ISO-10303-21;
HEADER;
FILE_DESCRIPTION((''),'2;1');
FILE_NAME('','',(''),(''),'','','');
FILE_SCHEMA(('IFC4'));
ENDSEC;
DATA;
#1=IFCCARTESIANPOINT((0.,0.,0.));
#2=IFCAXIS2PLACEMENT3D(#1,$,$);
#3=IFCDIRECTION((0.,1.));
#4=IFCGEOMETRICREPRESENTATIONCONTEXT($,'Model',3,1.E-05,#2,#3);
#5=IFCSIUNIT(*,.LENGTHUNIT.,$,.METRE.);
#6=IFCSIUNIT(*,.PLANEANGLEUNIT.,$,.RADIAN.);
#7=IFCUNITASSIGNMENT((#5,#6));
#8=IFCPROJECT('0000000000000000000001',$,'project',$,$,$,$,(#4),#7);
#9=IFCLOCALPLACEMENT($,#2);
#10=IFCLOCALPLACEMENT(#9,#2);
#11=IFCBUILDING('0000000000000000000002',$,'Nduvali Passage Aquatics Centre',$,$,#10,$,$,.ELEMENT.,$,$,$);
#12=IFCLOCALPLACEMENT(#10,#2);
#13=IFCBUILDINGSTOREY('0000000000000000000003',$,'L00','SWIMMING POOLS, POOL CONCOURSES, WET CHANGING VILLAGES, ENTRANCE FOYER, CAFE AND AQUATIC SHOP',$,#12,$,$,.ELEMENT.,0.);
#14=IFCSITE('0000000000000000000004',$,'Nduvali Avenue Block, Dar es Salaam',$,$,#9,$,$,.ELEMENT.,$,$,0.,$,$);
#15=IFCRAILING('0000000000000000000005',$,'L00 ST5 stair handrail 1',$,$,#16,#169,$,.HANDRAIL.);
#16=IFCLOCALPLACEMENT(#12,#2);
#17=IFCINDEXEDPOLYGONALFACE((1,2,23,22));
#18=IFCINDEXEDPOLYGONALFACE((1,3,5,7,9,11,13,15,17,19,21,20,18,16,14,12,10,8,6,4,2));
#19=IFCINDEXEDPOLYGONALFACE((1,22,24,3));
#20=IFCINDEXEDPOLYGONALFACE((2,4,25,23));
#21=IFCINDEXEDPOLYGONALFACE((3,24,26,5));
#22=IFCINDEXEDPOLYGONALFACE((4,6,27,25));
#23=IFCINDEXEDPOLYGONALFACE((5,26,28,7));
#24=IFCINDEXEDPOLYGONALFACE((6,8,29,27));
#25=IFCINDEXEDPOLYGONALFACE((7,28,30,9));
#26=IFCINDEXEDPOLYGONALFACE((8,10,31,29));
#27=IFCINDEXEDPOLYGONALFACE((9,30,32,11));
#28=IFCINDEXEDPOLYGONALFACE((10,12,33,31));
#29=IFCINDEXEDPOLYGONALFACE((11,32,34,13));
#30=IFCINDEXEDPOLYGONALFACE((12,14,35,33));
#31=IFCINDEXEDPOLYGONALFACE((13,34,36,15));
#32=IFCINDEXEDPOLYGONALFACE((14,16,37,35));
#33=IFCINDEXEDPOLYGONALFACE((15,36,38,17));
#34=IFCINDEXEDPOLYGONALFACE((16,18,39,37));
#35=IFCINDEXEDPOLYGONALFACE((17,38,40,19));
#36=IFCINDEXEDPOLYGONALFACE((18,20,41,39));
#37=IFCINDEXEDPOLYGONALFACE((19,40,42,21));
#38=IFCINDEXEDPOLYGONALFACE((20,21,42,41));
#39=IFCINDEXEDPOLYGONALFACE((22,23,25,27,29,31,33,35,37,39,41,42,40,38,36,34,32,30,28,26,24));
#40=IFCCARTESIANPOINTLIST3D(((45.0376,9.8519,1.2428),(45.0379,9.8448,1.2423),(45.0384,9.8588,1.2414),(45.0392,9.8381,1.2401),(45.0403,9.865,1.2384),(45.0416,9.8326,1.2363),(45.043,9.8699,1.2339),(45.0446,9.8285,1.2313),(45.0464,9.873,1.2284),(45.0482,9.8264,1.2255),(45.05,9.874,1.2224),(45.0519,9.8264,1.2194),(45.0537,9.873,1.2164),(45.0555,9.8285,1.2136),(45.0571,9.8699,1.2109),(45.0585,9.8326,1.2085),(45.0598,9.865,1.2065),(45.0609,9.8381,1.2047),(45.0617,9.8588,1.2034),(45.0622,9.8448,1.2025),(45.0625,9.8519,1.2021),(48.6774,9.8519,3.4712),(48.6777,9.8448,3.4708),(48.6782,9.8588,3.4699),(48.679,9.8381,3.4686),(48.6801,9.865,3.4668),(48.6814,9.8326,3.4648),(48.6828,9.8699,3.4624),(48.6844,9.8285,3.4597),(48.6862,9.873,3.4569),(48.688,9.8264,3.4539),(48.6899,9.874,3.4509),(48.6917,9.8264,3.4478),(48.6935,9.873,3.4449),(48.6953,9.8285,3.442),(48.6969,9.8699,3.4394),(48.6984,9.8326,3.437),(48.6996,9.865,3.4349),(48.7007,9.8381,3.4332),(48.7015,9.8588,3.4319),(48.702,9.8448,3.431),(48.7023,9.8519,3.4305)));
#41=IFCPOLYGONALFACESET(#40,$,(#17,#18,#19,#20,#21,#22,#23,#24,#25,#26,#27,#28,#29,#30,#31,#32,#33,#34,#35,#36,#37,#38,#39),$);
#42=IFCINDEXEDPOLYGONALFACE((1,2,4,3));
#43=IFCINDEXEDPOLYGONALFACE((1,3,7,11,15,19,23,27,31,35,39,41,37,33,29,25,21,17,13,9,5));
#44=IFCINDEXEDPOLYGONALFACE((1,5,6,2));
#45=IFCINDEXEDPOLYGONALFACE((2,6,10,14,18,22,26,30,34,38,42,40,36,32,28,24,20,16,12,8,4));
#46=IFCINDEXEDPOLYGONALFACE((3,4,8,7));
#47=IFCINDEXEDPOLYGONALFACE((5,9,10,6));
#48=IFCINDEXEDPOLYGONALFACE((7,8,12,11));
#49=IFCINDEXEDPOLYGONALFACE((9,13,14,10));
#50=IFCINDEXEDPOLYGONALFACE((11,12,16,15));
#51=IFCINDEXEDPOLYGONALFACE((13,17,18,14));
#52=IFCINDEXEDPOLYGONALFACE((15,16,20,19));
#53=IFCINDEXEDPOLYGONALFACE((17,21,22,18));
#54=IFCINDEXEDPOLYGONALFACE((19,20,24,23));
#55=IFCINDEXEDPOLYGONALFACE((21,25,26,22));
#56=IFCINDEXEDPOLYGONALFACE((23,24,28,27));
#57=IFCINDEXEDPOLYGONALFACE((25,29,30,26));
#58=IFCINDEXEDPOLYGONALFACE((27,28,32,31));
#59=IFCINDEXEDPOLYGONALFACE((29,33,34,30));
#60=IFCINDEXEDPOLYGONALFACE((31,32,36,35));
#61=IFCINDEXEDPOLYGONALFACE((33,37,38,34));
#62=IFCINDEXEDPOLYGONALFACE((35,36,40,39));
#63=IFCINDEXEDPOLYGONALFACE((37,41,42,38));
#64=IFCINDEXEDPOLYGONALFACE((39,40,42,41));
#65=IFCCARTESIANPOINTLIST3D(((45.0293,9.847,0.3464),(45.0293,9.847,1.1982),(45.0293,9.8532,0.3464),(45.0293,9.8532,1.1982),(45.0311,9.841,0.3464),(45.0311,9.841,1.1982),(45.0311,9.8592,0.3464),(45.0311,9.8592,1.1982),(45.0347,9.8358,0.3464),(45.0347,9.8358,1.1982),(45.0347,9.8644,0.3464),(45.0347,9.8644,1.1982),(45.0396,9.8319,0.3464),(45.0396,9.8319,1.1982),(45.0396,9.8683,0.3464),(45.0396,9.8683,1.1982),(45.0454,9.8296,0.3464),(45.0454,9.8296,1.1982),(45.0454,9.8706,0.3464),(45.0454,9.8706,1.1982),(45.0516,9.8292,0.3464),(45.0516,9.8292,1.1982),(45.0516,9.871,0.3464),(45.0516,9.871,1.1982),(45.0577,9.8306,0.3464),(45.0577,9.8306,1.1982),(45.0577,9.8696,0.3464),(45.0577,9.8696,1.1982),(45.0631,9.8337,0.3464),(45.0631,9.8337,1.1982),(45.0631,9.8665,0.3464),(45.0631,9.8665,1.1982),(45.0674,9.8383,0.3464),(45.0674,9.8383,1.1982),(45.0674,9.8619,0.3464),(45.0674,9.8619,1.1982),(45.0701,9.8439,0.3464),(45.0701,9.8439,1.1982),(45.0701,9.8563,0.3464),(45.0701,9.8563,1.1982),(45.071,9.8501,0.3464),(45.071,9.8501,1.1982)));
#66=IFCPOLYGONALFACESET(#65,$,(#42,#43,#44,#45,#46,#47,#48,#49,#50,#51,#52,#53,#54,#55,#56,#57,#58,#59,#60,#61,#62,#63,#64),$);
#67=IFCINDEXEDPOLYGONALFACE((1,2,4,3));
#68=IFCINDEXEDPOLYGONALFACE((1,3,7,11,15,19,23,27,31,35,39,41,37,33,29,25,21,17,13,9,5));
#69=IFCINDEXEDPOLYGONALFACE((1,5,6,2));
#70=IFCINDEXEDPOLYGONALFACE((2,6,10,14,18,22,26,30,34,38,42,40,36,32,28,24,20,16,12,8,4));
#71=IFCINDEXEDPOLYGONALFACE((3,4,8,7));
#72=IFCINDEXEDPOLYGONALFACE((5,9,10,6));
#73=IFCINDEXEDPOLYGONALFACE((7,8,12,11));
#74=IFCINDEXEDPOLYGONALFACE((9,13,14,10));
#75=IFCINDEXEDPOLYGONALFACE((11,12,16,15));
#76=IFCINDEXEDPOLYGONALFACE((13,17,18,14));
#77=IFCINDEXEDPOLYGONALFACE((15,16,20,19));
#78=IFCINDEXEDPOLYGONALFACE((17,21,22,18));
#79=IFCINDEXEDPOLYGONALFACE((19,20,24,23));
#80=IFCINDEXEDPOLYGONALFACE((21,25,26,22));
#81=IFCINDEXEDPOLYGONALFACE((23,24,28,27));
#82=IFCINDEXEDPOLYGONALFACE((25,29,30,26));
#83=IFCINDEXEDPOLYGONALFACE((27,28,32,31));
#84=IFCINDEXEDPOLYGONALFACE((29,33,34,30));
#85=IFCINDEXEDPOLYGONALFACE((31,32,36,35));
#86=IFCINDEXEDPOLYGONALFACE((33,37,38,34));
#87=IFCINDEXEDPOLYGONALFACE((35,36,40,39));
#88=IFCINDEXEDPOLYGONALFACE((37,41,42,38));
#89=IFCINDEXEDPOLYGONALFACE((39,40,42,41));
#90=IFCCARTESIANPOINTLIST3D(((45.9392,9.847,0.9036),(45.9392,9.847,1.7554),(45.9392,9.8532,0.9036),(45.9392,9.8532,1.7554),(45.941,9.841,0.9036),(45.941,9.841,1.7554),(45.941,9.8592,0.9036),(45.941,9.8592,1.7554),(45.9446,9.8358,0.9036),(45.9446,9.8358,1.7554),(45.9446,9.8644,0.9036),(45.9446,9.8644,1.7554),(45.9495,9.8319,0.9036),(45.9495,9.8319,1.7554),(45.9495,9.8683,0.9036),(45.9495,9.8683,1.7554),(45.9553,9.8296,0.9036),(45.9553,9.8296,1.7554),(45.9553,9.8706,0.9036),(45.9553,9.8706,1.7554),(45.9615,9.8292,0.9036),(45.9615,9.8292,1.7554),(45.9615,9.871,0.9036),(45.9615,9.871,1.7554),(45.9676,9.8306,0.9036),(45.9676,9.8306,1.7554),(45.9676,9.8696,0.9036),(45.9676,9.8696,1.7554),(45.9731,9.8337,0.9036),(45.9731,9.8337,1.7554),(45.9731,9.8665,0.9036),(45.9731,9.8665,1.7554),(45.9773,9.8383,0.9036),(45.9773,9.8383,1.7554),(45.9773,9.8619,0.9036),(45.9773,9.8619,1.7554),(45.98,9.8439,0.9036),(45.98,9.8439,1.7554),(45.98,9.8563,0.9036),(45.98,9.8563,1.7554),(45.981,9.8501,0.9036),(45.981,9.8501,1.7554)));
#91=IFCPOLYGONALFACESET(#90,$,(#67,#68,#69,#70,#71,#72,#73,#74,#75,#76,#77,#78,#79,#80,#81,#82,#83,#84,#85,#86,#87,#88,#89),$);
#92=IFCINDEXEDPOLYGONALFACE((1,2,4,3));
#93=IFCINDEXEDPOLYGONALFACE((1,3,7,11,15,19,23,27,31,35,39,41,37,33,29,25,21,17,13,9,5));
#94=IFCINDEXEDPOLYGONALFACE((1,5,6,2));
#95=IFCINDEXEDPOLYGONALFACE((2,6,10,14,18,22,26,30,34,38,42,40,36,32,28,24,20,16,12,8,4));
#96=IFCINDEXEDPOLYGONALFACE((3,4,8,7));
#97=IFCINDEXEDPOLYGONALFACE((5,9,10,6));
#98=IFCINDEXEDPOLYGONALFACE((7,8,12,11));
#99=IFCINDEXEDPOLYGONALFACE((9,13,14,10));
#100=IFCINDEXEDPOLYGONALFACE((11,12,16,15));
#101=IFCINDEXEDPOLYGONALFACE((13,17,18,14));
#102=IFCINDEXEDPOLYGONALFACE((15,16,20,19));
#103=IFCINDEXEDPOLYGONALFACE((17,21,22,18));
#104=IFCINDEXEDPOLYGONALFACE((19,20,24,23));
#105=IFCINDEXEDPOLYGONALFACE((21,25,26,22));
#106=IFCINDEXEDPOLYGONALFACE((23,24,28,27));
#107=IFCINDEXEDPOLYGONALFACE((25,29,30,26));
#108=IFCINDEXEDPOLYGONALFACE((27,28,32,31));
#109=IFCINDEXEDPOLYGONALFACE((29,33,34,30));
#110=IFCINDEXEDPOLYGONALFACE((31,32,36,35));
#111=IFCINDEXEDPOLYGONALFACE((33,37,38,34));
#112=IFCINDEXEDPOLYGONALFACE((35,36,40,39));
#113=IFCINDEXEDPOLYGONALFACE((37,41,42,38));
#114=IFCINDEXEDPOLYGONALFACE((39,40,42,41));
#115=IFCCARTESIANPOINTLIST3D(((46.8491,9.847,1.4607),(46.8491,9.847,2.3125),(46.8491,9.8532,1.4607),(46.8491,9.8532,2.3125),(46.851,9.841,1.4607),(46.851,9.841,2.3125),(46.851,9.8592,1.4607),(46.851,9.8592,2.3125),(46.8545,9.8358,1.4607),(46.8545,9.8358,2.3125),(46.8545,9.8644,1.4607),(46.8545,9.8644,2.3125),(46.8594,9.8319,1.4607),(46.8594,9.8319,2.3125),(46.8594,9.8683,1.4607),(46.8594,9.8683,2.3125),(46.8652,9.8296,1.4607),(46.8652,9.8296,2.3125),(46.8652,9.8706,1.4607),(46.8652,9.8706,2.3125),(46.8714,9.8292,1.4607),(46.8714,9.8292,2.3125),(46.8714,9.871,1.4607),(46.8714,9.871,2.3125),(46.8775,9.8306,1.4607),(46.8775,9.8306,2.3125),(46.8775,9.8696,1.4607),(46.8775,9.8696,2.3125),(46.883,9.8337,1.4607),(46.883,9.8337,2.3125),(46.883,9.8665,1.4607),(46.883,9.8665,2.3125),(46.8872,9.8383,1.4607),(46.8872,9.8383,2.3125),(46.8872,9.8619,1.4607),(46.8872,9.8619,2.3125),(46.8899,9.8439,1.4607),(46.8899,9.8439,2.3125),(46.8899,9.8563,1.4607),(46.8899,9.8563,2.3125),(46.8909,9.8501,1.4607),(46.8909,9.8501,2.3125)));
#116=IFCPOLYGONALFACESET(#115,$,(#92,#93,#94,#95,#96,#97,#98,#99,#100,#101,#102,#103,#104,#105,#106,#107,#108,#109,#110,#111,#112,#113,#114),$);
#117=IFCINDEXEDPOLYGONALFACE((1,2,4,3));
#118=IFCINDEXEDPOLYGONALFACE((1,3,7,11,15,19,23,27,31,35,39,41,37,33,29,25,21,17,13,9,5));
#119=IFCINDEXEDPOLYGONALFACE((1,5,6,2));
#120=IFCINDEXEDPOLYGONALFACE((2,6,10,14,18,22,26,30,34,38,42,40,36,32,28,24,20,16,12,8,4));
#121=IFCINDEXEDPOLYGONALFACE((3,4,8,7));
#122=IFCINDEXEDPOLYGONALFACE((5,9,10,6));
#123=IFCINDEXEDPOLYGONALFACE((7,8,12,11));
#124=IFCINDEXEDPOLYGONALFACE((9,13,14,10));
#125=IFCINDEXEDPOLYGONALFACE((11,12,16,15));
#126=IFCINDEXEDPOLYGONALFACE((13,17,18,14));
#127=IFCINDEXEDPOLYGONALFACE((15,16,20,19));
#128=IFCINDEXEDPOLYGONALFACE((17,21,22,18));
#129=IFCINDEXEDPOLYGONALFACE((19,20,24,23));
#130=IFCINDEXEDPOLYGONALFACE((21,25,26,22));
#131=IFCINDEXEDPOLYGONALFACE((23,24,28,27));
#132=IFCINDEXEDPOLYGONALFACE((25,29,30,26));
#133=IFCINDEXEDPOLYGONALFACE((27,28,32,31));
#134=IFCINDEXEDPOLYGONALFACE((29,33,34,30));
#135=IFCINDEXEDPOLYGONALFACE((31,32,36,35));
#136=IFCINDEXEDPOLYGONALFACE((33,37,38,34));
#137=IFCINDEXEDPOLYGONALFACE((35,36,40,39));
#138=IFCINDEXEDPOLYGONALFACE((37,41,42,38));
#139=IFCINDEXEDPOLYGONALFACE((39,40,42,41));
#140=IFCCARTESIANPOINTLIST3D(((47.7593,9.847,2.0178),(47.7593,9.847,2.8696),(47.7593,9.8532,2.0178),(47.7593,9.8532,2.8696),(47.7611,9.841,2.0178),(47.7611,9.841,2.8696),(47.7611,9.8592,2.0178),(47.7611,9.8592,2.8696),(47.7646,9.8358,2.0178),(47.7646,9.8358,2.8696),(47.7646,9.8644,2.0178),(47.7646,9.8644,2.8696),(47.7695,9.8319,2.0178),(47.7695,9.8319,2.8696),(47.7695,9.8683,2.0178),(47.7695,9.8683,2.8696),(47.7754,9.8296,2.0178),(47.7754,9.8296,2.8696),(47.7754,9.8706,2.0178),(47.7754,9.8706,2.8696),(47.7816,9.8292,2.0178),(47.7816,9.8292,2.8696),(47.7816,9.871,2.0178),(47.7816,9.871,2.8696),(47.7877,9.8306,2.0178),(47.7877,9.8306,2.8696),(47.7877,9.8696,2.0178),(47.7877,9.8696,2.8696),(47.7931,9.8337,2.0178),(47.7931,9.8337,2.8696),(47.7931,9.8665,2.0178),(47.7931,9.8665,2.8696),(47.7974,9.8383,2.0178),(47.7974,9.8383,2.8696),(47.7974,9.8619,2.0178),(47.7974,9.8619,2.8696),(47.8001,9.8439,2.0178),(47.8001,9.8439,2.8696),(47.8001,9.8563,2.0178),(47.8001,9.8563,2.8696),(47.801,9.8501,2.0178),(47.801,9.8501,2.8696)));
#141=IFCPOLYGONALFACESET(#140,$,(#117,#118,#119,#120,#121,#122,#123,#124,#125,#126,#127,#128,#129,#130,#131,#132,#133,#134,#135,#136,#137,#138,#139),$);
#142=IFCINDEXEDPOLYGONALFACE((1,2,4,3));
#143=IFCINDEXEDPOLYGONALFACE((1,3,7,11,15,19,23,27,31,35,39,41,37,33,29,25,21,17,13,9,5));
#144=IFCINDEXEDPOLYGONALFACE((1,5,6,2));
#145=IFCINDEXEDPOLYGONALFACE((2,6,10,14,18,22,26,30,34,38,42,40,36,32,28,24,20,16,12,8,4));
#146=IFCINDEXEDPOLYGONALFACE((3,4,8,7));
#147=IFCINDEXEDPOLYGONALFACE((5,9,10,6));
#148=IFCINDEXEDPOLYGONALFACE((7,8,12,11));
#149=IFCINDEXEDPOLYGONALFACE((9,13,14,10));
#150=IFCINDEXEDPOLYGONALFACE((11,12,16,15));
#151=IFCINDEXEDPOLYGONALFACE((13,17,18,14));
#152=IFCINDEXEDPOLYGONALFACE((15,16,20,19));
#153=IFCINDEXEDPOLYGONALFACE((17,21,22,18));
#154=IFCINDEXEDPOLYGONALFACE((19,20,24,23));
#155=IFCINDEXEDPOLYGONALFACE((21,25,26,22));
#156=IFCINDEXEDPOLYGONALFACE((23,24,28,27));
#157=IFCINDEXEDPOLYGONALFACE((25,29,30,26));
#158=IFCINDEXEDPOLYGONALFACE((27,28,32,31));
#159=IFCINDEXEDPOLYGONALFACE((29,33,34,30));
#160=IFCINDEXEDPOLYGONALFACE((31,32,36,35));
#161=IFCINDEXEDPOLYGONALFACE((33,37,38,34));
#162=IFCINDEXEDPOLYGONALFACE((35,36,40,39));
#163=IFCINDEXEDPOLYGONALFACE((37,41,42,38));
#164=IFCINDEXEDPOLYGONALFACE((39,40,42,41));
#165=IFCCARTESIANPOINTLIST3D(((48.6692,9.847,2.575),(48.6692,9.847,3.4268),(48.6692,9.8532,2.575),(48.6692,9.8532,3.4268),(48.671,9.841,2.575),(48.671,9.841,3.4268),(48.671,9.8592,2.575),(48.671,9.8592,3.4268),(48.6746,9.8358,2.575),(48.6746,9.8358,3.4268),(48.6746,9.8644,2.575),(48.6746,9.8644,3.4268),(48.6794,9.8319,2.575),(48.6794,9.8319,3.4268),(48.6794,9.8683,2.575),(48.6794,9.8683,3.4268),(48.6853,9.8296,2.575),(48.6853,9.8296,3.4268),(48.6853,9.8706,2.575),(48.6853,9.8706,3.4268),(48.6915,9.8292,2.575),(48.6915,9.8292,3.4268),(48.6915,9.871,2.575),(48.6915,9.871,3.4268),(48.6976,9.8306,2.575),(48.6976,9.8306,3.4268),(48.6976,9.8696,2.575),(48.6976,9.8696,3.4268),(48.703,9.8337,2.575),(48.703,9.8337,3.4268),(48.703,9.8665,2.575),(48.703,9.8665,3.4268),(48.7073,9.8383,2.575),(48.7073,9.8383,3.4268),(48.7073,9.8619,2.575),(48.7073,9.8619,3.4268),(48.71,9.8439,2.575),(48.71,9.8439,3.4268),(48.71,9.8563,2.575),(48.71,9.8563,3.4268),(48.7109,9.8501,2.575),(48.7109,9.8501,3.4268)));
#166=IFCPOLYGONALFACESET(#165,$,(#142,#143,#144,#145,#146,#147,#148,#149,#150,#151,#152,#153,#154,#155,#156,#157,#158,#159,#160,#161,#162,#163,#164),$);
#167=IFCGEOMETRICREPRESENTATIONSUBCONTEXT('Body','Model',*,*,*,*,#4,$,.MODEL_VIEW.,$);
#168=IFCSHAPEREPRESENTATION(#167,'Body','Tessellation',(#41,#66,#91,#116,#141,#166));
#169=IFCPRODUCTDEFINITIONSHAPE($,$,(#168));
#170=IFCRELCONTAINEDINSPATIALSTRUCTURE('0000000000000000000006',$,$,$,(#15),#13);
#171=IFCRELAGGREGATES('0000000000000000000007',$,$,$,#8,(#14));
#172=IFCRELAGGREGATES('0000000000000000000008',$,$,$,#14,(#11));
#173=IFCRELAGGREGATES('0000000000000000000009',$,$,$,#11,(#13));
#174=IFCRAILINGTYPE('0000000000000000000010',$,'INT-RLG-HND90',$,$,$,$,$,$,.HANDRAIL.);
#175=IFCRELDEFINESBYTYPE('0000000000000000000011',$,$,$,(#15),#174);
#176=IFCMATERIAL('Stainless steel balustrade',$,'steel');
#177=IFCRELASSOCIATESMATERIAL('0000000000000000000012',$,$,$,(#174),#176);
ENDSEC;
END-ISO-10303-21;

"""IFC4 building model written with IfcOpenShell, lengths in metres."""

from ifc_helpers import new_model, si_unit, direction, frame, origin, origin_2d, place, context, subcontext, project, spatial, circle, extrude, material, type_object, element, save


model = new_model("IFC4")

# Units and contexts
model_context = context("Model", 3, precision=1e-05, world=origin(), true_north=direction((0.0, 1.0)))
body_context = subcontext(model_context, "Body", "Model", "MODEL_VIEW")
ifc_project = project(units=[si_unit("LENGTHUNIT", "METRE"), si_unit("PLANEANGLEUNIT", "RADIAN")], contexts=[model_context])

# Site, building, storey
site_placement = place(None, origin())
site = spatial("IfcSite", under=ifc_project, at=site_placement, Name="Nduvali Avenue Block, Dar es Salaam", CompositionType="ELEMENT", RefElevation=0.0)
building_placement = place(site_placement, origin())
building = spatial("IfcBuilding", under=site, at=building_placement, Name="Nduvali Passage Aquatics Centre", CompositionType="ELEMENT")
storey_placement = place(building_placement, origin())
storey = spatial("IfcBuildingStorey", under=building, at=storey_placement, Name="L00", Description="SWIMMING POOLS, POOL CONCOURSES, WET CHANGING VILLAGES, ENTRANCE FOYER, CAFE AND AQUATIC SHOP", CompositionType="ELEMENT", Elevation=0.0)

# Railing
ifc_material_1 = material(Name="Stainless steel balustrade", Category="steel")
railing_type_1 = type_object("IfcRailingType", Name="INT-RLG-HND90", PredefinedType="HANDRAIL", material=ifc_material_1)
railing_1_placement = place(storey_placement, frame((45.05, 9.8501, 0.3464)))
element("IfcRailing", 1, at=railing_1_placement, inside=storey, type_object=railing_type_1, Name="L00 ST5 stair handrail 1", PredefinedType="HANDRAIL", context=body_context, shape_type="SweptSolid", body=[
    extrude(circle(Radius=0.0239, at=origin_2d()), frame((0.0, 0.0, 0.876), z_axis=(0.85285, 0.0, 0.522156), x_axis=(0.0, 1.0, 0.0)), (0.0, 0.0, 1.0), 4.2678),
    extrude(circle(Radius=0.021, at=origin_2d()), origin(), (0.0, 0.0, 1.0), 0.8518),
    extrude(circle(Radius=0.021, at=origin_2d()), frame((0.9099, 0.0, 0.5571)), (0.0, 0.0, 1.0), 0.8518),
    extrude(circle(Radius=0.021, at=origin_2d()), frame((1.8198, 0.0, 1.1143)), (0.0, 0.0, 1.0), 0.8518),
    extrude(circle(Radius=0.021, at=origin_2d()), frame((2.73, 0.0, 1.6714)), (0.0, 0.0, 1.0), 0.8518),
    extrude(circle(Radius=0.021, at=origin_2d()), frame((3.6399, 0.0, 2.2285)), (0.0, 0.0, 1.0), 0.8518),
])

save(model, "model.ifc")
